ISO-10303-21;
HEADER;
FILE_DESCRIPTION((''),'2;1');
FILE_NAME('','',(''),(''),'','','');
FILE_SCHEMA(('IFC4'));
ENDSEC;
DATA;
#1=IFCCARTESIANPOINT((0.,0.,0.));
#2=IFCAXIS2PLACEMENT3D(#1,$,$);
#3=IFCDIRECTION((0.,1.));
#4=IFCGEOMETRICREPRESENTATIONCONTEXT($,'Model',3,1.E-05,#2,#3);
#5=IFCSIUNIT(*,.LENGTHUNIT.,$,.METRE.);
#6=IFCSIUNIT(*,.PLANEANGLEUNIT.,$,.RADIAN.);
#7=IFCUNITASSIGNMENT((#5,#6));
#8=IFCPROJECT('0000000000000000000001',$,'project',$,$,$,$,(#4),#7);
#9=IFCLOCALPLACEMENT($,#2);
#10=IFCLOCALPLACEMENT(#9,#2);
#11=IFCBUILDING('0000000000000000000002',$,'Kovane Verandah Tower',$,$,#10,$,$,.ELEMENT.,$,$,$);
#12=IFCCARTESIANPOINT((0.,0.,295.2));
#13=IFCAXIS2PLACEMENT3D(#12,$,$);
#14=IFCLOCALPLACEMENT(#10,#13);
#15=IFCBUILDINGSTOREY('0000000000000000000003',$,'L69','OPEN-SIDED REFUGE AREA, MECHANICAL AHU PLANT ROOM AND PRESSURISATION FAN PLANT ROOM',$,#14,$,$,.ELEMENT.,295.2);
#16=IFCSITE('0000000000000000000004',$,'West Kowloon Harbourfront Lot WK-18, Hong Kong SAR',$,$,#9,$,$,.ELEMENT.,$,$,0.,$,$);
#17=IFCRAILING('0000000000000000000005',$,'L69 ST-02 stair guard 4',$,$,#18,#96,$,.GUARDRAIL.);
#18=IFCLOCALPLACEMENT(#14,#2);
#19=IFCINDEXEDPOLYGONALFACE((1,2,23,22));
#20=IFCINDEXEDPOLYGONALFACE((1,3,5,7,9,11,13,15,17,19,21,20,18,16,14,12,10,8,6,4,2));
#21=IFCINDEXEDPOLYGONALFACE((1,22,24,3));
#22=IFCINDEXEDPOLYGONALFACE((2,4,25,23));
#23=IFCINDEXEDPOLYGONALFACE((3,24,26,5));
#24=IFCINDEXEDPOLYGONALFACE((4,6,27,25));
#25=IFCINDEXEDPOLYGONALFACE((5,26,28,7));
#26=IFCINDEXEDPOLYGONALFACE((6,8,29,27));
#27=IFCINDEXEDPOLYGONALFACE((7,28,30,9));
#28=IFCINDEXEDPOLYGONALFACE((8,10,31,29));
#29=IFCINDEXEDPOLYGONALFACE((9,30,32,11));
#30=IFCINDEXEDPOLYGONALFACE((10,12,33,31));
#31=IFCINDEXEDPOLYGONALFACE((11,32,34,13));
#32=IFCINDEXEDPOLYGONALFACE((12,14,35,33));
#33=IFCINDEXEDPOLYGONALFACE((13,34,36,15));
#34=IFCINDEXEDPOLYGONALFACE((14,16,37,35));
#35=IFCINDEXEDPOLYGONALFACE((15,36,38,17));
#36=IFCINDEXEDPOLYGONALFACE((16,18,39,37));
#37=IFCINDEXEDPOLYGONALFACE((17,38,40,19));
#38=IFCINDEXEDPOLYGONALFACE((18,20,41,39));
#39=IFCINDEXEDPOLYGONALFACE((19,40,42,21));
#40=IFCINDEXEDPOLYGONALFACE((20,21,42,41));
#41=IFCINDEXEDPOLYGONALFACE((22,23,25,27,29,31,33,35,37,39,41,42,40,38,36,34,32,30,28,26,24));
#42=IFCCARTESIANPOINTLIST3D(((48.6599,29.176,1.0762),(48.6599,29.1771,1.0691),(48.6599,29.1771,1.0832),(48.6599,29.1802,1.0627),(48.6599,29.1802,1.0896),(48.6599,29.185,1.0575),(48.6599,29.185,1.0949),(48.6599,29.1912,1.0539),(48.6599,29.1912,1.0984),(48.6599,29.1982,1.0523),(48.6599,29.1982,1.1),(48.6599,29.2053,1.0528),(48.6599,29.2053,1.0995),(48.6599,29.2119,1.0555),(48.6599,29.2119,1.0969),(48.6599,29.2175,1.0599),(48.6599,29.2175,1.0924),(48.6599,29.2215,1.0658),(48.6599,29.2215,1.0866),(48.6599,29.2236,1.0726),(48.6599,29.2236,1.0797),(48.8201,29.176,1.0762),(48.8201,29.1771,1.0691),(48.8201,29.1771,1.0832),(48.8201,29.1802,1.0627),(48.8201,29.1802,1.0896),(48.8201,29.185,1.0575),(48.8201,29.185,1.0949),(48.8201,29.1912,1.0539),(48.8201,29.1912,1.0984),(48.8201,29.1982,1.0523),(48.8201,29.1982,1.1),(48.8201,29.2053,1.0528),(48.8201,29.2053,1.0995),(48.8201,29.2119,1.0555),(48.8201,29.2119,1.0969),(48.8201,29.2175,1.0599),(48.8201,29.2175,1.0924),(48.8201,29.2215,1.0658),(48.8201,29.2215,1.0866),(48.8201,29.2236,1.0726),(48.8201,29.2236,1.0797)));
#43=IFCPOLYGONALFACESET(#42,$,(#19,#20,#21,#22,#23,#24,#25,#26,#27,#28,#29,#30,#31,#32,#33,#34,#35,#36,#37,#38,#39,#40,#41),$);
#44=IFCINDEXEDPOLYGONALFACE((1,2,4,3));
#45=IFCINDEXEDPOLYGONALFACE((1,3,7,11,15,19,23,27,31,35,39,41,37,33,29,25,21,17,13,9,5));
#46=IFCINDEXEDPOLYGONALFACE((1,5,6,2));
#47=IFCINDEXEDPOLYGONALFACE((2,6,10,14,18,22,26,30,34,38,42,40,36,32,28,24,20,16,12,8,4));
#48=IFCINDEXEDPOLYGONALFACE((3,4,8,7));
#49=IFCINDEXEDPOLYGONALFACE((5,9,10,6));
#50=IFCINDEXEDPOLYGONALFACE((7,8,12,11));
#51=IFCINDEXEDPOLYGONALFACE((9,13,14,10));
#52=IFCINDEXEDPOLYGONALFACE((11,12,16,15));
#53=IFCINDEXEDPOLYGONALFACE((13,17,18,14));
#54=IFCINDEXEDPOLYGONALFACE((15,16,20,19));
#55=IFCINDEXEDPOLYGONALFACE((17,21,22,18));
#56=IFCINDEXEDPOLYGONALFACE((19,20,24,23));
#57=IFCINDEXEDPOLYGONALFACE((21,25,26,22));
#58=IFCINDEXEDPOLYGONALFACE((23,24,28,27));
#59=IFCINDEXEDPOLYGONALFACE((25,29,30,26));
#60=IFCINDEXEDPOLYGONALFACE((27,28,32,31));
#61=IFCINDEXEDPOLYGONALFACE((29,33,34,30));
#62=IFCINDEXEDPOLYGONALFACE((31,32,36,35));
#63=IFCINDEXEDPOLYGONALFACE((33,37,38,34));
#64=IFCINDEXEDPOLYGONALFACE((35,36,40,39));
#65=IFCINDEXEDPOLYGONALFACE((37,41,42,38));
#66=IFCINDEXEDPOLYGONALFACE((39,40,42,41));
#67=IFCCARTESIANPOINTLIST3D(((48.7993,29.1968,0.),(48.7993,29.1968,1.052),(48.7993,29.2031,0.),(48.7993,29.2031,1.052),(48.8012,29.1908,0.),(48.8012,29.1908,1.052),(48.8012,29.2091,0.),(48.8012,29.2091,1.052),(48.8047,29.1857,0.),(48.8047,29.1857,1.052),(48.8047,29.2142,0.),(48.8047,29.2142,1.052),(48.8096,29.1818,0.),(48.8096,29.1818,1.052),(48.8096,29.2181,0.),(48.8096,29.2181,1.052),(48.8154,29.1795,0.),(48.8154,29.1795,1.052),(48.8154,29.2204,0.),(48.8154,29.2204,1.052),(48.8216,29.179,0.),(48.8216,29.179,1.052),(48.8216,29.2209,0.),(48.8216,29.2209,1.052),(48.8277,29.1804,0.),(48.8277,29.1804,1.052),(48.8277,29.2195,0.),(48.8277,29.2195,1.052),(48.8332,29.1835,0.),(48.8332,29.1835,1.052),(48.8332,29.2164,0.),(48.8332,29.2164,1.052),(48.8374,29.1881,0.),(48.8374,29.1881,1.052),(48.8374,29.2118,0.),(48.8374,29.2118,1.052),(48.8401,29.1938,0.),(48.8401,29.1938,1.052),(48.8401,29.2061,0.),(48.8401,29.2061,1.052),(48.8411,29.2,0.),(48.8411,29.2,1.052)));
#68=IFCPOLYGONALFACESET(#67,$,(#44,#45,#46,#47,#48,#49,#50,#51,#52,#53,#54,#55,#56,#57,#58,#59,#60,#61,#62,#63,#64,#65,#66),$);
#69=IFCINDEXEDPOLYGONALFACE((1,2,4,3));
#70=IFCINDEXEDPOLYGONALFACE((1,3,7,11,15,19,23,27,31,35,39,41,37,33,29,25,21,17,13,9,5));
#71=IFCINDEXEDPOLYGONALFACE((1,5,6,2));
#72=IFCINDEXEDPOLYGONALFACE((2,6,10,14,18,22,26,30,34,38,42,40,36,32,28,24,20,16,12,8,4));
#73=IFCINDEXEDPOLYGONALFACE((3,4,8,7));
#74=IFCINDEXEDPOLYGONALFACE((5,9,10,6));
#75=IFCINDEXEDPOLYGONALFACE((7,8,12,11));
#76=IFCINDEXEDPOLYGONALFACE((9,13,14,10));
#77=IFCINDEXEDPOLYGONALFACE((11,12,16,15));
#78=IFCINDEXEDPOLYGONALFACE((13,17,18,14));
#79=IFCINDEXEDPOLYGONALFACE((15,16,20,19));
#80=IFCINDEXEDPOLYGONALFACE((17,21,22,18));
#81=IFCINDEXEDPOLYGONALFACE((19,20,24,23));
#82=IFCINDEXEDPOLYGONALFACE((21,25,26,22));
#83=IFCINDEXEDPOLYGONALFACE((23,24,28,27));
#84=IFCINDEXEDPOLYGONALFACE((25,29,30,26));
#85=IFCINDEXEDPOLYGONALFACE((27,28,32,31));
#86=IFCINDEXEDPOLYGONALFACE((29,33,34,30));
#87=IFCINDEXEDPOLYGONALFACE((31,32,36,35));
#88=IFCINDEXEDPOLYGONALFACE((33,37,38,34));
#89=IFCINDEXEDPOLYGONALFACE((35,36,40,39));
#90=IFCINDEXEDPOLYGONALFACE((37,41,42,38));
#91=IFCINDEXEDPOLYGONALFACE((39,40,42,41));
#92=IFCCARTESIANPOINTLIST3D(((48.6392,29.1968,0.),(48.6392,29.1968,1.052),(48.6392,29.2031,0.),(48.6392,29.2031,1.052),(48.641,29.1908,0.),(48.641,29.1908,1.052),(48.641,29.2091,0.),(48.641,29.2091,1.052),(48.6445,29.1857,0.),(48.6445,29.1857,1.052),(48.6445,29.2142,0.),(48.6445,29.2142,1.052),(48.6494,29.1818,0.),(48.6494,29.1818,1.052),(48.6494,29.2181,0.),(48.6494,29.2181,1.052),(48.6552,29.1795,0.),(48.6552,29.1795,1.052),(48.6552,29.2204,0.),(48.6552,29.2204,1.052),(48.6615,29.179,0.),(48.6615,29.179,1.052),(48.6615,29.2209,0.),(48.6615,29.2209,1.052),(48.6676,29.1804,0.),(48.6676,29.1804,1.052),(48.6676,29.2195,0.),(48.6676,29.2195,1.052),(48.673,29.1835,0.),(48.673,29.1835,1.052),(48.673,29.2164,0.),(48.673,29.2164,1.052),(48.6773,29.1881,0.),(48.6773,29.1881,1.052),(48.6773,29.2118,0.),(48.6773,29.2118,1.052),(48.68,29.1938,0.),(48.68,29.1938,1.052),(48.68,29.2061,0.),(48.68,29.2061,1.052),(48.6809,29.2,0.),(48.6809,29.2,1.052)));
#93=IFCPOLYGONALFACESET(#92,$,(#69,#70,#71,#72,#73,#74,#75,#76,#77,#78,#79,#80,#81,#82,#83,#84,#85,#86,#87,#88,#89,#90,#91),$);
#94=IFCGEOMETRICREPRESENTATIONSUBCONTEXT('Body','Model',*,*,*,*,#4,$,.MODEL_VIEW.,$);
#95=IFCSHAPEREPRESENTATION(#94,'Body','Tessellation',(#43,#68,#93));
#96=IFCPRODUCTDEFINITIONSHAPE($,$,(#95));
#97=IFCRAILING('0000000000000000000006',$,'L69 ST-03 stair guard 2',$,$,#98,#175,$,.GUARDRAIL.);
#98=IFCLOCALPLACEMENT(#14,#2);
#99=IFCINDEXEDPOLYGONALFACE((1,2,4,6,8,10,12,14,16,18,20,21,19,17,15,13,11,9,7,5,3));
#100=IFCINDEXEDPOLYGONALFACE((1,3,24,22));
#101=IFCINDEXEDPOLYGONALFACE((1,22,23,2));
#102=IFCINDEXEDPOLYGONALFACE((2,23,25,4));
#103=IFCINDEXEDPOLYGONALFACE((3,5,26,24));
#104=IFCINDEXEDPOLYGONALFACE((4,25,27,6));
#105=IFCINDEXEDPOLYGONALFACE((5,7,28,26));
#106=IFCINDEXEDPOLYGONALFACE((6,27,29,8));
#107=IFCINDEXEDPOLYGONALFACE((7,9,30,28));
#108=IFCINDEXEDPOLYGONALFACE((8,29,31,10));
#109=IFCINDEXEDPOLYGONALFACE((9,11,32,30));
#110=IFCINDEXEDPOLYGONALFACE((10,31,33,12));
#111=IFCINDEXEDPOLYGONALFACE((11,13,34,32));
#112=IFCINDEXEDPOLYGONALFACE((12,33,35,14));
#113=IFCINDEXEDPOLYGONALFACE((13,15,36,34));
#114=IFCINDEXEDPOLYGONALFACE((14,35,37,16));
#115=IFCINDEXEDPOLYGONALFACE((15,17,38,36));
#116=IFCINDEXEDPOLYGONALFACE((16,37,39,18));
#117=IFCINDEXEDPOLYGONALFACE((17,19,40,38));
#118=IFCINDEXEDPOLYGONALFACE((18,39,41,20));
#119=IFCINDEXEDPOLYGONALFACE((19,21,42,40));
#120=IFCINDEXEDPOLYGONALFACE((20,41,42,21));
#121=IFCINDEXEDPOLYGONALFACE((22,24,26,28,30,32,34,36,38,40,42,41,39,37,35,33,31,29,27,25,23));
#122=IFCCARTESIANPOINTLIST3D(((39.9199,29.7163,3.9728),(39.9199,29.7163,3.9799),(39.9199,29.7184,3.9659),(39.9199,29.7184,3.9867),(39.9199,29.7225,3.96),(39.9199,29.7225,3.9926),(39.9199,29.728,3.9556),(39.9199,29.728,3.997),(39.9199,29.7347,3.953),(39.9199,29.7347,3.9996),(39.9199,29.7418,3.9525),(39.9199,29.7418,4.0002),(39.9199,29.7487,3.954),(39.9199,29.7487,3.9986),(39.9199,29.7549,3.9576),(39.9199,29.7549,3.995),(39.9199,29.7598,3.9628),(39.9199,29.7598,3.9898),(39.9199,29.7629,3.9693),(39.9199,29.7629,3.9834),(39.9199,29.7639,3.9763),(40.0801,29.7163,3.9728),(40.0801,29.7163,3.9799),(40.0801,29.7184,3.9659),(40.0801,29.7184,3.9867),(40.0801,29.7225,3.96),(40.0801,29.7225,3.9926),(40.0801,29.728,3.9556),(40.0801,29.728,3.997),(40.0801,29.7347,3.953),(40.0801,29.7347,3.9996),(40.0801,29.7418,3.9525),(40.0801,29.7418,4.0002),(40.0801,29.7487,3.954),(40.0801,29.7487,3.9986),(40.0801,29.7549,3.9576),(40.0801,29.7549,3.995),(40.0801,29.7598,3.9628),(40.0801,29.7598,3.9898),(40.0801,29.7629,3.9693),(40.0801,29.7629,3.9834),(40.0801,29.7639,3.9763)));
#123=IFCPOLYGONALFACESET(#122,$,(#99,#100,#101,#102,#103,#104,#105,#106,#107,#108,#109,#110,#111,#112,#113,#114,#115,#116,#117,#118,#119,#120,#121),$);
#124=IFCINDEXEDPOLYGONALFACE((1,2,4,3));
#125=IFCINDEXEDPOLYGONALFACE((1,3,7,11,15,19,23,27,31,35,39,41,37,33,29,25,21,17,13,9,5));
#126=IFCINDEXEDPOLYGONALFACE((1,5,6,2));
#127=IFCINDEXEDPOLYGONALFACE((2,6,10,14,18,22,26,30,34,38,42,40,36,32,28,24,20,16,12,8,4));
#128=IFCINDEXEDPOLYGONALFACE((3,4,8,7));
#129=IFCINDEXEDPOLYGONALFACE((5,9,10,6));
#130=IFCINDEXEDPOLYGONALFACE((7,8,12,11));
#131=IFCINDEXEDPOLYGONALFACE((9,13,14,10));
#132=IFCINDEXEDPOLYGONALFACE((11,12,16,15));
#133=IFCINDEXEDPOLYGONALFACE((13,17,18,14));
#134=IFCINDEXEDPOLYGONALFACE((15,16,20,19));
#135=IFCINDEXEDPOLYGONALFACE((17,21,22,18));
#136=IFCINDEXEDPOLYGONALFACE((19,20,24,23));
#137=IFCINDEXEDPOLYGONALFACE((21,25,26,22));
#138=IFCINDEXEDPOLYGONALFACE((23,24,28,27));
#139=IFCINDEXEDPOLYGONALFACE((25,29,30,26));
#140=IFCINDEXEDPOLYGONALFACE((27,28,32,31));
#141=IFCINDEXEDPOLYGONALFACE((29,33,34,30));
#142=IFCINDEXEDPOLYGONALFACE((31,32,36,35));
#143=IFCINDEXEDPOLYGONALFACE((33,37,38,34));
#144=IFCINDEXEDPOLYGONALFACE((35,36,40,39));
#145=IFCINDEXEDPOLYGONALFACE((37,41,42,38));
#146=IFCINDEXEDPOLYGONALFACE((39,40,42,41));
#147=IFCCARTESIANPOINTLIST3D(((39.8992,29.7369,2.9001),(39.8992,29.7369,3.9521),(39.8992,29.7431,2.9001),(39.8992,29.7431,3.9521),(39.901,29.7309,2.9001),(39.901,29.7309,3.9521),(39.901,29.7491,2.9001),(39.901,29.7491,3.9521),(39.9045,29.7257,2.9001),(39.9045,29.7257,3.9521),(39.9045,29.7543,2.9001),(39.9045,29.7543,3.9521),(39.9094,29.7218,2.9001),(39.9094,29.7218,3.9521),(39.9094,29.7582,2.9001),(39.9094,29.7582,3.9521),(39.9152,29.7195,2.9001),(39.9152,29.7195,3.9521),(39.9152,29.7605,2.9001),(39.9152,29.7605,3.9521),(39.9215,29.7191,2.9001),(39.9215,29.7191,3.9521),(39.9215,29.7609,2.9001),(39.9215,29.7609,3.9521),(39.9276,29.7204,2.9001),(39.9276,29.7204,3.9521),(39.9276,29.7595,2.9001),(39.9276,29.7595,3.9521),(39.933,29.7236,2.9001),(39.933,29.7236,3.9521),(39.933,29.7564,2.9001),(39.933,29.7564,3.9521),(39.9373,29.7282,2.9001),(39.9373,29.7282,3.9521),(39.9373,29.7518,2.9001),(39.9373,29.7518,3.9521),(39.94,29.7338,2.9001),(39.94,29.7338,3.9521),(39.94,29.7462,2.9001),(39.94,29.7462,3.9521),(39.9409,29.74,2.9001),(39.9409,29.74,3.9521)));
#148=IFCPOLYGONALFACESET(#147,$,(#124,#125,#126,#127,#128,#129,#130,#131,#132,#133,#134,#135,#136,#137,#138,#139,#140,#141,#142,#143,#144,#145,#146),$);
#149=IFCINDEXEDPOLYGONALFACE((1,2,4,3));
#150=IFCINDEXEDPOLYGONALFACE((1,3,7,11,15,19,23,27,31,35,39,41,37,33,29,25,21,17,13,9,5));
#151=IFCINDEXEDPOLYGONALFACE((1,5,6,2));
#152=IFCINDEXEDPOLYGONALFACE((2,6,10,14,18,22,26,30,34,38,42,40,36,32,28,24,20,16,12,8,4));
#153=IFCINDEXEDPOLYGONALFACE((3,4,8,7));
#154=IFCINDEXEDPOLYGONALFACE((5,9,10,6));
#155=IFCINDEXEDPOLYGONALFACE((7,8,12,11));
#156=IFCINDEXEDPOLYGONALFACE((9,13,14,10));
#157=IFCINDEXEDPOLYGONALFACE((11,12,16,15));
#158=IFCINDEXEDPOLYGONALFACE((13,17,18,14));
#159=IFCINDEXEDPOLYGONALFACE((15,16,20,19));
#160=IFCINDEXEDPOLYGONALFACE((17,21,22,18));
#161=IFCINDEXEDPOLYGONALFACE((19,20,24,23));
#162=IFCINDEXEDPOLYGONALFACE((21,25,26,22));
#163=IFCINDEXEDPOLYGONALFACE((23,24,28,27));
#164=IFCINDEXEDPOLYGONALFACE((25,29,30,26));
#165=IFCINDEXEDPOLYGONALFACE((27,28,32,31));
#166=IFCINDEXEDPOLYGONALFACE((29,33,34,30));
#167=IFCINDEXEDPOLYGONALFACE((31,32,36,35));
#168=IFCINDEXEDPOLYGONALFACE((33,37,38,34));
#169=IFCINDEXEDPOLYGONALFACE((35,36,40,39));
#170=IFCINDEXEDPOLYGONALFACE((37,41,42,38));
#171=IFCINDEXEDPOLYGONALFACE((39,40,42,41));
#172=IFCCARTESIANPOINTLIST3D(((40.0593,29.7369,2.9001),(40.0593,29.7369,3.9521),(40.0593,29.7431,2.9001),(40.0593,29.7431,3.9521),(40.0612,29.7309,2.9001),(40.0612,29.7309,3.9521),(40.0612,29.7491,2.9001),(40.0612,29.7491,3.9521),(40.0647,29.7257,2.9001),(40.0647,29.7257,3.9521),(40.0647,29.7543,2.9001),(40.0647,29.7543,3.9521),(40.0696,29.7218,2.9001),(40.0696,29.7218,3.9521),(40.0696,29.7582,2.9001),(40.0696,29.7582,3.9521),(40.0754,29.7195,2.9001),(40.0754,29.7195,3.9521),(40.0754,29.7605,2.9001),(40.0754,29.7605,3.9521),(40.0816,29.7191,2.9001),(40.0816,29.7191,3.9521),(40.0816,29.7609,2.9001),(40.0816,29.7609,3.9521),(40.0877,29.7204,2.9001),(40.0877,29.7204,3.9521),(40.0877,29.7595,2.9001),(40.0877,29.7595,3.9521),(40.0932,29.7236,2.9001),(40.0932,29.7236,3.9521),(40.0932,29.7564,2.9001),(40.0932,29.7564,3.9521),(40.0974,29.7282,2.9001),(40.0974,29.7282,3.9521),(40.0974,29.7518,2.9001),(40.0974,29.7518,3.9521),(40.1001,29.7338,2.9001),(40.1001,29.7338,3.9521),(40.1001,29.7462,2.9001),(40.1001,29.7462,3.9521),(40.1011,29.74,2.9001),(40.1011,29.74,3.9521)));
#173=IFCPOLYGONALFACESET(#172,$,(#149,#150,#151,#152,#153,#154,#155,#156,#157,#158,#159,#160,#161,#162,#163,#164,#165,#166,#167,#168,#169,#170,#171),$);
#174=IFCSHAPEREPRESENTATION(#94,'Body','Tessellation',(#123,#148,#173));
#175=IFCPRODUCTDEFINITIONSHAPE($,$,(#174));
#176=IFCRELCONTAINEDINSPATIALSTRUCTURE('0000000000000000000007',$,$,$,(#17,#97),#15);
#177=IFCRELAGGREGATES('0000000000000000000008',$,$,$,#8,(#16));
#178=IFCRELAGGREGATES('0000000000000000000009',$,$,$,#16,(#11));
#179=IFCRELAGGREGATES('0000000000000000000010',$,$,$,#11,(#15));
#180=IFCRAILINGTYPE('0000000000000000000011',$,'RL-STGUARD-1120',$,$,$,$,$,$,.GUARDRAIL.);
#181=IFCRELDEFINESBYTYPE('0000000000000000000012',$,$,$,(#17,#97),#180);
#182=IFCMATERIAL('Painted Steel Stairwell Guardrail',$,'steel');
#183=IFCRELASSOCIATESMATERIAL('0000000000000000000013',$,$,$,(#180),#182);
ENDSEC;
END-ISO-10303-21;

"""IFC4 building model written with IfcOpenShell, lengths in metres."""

from ifc_helpers import new_model, si_unit, direction, frame, origin, origin_2d, place, context, subcontext, project, spatial, circle, extrude, material, type_object, element, save


model = new_model("IFC4")

# Units and contexts
model_context = context("Model", 3, precision=1e-05, world=origin(), true_north=direction((0.0, 1.0)))
body_context = subcontext(model_context, "Body", "Model", "MODEL_VIEW")
ifc_project = project(units=[si_unit("LENGTHUNIT", "METRE"), si_unit("PLANEANGLEUNIT", "RADIAN")], contexts=[model_context])

# Site, building, storey
site_placement = place(None, origin())
site = spatial("IfcSite", under=ifc_project, at=site_placement, Name="West Kowloon Harbourfront Lot WK-18, Hong Kong SAR", CompositionType="ELEMENT", RefElevation=0.0)
building_placement = place(site_placement, origin())
building = spatial("IfcBuilding", under=site, at=building_placement, Name="Kovane Verandah Tower", CompositionType="ELEMENT")
storey_placement = place(building_placement, frame((0.0, 0.0, 295.2)))
storey = spatial("IfcBuildingStorey", under=building, at=storey_placement, Name="L69", Description="OPEN-SIDED REFUGE AREA, MECHANICAL AHU PLANT ROOM AND PRESSURISATION FAN PLANT ROOM", CompositionType="ELEMENT", Elevation=295.2)

# Railings
ifc_material_1 = material(Name="Painted Steel Stairwell Guardrail", Category="steel")
railing_type_1 = type_object("IfcRailingType", Name="RL-STGUARD-1120", PredefinedType="GUARDRAIL", material=ifc_material_1)
railing_1_placement = place(storey_placement, frame((48.8201, 29.2, 0.0)))
element("IfcRailing", 1, at=railing_1_placement, inside=storey, type_object=railing_type_1, Name="L69 ST-02 stair guard 4", PredefinedType="GUARDRAIL", context=body_context, shape_type="SweptSolid", body=[
    extrude(circle(Radius=0.0239, at=origin_2d()), frame((0.0, 0.0, 1.0762), z_axis=(-1.0, 0.0, 0.0), x_axis=(0.0, -1.0, 0.0)), (0.0, 0.0, 1.0), 0.1602),
    extrude(circle(Radius=0.021, at=origin_2d()), origin(), (0.0, 0.0, 1.0), 1.052),
    extrude(circle(Radius=0.021, at=origin_2d()), frame((-0.1602, 0.0, 0.0)), (0.0, 0.0, 1.0), 1.052),
])
railing_2_placement = place(storey_placement, frame((39.9199, 29.74, 2.9001)))
element("IfcRailing", 2, at=railing_2_placement, inside=storey, type_object=railing_type_1, Name="L69 ST-03 stair guard 2", PredefinedType="GUARDRAIL", context=body_context, shape_type="SweptSolid", body=[
    extrude(circle(Radius=0.0239, at=origin_2d()), frame((0.0, 0.0, 1.0762), z_axis=(1.0, 0.0, 0.0), x_axis=(0.0, 1.0, 0.0)), (0.0, 0.0, 1.0), 0.1602),
    extrude(circle(Radius=0.021, at=origin_2d()), origin(), (0.0, 0.0, 1.0), 1.052),
    extrude(circle(Radius=0.021, at=origin_2d()), frame((0.1602, 0.0, 0.0)), (0.0, 0.0, 1.0), 1.052),
])

save(model, "model.ifc")
